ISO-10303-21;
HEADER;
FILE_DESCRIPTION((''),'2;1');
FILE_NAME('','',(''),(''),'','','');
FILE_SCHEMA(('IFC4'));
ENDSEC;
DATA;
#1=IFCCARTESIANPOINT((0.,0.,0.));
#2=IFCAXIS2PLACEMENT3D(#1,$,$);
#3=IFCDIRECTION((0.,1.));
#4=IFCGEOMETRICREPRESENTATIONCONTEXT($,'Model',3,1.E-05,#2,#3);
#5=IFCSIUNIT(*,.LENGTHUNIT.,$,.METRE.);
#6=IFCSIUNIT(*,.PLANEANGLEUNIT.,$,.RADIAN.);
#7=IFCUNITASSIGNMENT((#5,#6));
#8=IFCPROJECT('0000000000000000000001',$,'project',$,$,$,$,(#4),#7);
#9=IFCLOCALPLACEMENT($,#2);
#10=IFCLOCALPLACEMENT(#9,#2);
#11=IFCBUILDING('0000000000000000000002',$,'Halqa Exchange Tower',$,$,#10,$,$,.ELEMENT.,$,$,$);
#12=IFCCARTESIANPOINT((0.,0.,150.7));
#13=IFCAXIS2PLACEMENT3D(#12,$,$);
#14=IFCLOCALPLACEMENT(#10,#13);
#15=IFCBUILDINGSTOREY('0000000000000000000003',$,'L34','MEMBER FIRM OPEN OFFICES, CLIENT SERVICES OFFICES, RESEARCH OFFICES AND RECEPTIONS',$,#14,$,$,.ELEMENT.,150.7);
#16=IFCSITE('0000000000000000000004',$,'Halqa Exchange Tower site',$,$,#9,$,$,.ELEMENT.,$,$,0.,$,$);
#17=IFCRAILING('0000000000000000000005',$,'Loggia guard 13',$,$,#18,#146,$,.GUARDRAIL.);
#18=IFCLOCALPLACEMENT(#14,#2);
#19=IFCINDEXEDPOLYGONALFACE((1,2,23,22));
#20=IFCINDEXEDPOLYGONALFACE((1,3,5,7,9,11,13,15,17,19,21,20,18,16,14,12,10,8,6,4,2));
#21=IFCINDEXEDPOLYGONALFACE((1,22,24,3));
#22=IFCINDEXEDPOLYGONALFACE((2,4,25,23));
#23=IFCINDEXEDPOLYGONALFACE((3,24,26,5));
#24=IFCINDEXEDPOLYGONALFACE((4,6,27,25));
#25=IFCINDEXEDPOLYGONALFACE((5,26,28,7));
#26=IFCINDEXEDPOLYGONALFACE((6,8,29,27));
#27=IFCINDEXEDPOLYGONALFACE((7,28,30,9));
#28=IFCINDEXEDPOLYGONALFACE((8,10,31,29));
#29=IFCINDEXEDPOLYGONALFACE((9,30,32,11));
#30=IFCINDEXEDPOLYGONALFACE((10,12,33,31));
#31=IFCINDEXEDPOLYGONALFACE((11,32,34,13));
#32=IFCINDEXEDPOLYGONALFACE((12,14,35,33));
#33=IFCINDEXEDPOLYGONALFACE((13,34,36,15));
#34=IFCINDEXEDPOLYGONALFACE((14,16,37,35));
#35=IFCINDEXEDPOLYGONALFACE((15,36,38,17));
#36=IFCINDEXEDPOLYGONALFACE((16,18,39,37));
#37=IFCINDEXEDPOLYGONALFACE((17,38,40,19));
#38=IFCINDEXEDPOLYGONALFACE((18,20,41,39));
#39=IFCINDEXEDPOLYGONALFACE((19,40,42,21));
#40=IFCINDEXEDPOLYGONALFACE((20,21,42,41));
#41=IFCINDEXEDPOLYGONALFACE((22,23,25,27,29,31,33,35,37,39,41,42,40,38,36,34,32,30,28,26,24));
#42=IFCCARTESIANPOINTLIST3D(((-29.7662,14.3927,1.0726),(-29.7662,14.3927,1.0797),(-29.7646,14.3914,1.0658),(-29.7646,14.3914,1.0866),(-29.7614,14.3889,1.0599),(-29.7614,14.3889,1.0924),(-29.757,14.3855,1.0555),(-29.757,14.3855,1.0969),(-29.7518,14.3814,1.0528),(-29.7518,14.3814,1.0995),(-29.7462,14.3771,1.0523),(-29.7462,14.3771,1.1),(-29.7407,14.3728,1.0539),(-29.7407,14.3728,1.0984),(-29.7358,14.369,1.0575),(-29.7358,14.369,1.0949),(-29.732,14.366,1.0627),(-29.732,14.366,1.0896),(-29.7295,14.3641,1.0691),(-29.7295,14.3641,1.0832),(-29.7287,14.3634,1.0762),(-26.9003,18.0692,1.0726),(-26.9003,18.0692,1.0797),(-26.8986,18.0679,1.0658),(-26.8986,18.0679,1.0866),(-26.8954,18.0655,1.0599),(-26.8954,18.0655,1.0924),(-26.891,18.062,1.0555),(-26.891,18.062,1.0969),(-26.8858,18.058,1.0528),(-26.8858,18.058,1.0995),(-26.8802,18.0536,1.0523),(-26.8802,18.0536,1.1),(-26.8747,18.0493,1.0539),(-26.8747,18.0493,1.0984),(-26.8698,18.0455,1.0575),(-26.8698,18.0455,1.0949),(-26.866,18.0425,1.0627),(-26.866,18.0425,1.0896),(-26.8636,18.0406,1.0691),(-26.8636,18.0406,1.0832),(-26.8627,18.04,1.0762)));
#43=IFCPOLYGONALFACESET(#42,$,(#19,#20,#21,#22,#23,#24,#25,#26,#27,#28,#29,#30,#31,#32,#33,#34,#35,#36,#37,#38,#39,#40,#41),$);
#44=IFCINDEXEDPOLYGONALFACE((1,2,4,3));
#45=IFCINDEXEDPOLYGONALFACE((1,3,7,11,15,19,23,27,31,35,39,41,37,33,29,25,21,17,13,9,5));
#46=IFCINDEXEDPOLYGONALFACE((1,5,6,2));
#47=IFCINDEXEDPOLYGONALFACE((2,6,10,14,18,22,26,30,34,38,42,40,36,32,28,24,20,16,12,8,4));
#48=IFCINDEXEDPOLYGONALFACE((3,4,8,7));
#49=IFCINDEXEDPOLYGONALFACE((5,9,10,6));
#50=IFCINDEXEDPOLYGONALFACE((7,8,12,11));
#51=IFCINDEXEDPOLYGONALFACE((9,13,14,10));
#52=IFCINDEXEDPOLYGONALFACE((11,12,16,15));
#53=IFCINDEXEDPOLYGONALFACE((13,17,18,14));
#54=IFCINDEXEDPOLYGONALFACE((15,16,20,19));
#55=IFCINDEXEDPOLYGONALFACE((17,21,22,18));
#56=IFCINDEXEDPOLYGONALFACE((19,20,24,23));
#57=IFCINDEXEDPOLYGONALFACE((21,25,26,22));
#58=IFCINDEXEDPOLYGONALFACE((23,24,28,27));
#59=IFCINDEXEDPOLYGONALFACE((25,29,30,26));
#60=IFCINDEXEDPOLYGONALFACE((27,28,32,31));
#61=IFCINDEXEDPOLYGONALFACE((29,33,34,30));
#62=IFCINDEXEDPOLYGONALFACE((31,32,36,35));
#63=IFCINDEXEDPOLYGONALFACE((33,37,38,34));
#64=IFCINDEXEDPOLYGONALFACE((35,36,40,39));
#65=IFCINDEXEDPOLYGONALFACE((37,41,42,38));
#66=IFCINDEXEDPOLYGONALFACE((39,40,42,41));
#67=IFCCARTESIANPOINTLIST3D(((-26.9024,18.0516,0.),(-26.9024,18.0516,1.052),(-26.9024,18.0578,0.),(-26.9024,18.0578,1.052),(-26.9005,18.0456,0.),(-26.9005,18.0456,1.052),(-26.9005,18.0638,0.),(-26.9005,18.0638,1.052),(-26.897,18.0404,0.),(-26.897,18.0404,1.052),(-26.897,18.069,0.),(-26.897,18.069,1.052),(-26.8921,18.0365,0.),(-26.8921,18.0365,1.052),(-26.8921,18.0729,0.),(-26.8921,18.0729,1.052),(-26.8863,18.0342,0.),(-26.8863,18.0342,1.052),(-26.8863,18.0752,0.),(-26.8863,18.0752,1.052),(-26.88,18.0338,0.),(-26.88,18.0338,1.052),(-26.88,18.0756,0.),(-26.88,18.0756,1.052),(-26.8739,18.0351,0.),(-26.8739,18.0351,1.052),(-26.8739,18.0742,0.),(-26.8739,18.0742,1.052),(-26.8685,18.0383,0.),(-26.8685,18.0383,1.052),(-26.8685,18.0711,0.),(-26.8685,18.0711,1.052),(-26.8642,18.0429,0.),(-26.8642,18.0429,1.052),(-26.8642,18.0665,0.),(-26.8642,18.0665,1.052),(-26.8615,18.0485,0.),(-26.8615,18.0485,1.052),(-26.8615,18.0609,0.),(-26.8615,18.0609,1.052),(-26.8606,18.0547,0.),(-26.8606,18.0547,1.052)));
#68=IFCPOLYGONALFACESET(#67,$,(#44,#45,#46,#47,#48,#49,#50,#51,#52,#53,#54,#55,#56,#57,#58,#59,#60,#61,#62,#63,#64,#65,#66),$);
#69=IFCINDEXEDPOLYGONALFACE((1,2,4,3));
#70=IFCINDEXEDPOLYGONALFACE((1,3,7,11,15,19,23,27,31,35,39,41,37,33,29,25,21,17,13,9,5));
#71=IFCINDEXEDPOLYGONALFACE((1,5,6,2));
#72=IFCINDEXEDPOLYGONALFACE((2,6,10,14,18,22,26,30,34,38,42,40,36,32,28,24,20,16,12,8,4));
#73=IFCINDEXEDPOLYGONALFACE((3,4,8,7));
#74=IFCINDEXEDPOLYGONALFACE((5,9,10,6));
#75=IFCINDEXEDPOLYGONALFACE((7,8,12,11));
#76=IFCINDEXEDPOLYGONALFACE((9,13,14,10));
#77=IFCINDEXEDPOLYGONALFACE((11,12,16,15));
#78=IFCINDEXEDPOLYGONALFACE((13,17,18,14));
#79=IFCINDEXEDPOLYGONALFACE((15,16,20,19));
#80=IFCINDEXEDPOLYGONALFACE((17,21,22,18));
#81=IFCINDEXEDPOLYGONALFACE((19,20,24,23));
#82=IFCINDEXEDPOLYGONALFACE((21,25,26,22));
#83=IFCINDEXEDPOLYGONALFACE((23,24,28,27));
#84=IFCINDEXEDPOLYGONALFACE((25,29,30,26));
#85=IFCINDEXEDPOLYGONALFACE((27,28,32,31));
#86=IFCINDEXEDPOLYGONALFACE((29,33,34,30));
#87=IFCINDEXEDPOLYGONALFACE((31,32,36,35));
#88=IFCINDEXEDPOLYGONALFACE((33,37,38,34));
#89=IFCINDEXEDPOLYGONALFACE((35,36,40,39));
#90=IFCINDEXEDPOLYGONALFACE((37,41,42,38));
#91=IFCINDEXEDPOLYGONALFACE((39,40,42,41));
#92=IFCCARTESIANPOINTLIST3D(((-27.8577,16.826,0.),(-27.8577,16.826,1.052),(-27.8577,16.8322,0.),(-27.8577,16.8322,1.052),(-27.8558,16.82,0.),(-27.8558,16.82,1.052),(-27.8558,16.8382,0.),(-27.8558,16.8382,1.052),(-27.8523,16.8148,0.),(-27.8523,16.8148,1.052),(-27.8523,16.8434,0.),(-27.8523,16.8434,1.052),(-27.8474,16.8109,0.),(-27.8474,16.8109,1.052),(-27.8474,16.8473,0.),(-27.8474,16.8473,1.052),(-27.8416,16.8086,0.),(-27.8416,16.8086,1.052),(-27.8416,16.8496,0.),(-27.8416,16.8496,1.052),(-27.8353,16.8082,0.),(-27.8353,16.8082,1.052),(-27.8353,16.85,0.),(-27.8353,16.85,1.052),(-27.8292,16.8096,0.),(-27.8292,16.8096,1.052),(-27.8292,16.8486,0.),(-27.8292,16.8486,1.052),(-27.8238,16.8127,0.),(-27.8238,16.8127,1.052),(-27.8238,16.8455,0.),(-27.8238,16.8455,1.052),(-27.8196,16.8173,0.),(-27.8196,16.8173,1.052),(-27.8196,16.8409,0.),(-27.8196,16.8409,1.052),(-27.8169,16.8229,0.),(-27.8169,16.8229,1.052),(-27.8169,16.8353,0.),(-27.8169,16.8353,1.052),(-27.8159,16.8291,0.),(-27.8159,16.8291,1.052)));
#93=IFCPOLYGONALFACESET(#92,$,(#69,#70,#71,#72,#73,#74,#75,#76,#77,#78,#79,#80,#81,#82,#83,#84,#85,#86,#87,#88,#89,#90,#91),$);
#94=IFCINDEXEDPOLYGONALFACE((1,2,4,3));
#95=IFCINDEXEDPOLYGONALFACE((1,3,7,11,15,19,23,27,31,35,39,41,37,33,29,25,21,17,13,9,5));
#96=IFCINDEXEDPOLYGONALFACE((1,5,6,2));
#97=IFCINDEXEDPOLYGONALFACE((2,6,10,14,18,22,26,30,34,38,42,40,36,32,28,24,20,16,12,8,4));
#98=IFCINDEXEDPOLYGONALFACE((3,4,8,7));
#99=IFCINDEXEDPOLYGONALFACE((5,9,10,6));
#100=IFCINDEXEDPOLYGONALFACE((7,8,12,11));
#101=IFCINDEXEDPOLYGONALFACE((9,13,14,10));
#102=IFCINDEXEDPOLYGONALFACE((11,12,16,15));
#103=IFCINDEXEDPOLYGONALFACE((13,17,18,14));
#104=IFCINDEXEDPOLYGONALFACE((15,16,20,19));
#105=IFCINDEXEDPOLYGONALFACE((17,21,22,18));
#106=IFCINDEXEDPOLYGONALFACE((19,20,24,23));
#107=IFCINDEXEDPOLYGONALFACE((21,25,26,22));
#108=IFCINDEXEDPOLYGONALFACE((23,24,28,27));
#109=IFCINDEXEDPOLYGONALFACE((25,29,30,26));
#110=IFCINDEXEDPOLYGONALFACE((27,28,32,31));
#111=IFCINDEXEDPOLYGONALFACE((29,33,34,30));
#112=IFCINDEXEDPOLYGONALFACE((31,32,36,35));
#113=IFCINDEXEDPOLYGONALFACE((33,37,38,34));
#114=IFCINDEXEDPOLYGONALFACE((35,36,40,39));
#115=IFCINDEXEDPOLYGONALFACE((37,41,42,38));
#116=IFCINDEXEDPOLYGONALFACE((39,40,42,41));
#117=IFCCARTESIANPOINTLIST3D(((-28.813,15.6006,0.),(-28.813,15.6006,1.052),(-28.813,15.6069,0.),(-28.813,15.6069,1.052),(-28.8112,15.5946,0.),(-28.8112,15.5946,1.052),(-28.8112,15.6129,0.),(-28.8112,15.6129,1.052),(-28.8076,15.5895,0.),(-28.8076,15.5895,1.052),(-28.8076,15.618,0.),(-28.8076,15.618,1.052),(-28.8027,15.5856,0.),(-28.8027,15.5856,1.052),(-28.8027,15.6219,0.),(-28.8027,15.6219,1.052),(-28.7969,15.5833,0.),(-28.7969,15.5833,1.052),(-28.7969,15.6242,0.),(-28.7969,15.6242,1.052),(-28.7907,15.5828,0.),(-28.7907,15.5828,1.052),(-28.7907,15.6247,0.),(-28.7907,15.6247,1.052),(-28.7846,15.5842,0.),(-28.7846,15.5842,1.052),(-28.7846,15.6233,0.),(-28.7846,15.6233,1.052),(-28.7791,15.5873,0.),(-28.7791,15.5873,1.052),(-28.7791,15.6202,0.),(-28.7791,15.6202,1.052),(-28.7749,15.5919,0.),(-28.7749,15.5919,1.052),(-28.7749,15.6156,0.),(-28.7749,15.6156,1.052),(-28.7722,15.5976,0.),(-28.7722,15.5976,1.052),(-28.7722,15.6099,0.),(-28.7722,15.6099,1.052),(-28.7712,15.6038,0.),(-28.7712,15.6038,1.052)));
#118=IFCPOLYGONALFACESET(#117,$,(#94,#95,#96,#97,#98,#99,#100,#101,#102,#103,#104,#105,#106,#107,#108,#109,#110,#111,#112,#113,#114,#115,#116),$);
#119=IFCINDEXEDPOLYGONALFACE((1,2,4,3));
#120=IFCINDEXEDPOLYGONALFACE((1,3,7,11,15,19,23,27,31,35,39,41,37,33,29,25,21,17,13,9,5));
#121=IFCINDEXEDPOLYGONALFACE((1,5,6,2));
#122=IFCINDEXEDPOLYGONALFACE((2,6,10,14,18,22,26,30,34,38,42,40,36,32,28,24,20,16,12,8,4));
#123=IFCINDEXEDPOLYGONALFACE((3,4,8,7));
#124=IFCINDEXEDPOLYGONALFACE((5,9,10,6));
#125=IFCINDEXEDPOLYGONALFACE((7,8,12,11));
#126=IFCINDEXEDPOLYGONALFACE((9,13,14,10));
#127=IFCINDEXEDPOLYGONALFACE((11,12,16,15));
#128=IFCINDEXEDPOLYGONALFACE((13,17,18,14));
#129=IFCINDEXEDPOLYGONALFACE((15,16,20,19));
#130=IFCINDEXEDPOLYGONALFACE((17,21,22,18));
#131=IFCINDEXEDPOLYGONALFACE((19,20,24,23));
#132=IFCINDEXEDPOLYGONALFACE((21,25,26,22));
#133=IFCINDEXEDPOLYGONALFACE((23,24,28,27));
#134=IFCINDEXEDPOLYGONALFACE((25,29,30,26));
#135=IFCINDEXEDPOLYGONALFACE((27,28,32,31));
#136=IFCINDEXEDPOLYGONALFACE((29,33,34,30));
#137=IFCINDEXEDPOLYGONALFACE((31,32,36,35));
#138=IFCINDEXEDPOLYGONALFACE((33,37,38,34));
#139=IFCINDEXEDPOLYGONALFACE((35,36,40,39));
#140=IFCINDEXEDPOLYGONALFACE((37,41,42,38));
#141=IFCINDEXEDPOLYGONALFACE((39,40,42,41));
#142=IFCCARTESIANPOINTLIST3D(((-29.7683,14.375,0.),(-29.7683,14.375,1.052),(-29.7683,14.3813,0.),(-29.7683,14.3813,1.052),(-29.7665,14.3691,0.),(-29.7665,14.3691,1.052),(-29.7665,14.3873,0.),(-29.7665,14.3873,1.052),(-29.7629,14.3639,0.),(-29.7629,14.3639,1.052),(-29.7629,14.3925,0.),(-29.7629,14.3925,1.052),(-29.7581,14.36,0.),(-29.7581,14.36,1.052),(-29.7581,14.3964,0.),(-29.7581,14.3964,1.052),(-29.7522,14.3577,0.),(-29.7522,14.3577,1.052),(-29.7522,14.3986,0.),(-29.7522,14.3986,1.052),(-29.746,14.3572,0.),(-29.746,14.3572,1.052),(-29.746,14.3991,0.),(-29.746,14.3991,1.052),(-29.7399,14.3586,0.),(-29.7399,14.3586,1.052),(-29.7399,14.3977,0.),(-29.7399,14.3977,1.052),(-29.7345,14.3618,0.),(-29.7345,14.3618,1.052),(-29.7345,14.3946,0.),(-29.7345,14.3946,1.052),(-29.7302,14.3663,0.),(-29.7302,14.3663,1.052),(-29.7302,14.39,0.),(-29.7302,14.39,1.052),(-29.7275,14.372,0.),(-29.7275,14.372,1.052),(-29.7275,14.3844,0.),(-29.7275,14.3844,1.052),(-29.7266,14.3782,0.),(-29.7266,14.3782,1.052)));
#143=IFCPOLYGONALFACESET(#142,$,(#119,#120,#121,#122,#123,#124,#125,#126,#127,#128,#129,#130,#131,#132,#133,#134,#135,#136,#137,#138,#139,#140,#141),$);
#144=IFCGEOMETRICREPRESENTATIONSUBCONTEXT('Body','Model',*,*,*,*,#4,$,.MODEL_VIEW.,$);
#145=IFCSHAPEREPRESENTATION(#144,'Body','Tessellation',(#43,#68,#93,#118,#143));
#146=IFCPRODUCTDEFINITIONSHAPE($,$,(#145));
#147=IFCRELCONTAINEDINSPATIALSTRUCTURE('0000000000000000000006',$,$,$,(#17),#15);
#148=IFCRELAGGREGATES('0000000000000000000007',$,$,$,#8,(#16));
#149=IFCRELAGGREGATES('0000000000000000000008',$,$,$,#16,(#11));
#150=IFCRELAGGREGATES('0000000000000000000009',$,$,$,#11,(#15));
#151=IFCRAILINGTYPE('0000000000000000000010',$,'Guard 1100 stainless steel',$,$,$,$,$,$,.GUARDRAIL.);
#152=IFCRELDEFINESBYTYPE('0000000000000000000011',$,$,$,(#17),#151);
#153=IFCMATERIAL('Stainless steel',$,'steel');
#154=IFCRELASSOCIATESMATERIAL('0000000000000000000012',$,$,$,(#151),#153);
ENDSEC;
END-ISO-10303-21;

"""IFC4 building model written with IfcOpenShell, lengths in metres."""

from ifc_helpers import new_model, si_unit, direction, frame, origin, origin_2d, place, context, subcontext, project, spatial, circle, extrude, material, type_object, element, save


model = new_model("IFC4")

# Units and contexts
model_context = context("Model", 3, precision=1e-05, world=origin(), true_north=direction((0.0, 1.0)))
body_context = subcontext(model_context, "Body", "Model", "MODEL_VIEW")
ifc_project = project(units=[si_unit("LENGTHUNIT", "METRE"), si_unit("PLANEANGLEUNIT", "RADIAN")], contexts=[model_context])

# Site, building, storey
site_placement = place(None, origin())
site = spatial("IfcSite", under=ifc_project, at=site_placement, Name="Halqa Exchange Tower site", CompositionType="ELEMENT", RefElevation=0.0)
building_placement = place(site_placement, origin())
building = spatial("IfcBuilding", under=site, at=building_placement, Name="Halqa Exchange Tower", CompositionType="ELEMENT")
storey_placement = place(building_placement, frame((0.0, 0.0, 150.7)))
storey = spatial("IfcBuildingStorey", under=building, at=storey_placement, Name="L34", Description="MEMBER FIRM OPEN OFFICES, CLIENT SERVICES OFFICES, RESEARCH OFFICES AND RECEPTIONS", CompositionType="ELEMENT", Elevation=150.7)

# Railing
ifc_material_1 = material(Name="Stainless steel", Category="steel")
railing_type = type_object("IfcRailingType", Name="Guard 1100 stainless steel", PredefinedType="GUARDRAIL", material=ifc_material_1)
railing_1_placement = place(storey_placement, frame((-26.8816, 18.0547, 0.0)))
element("IfcRailing", 1, at=railing_1_placement, inside=storey, type_object=railing_type, Name="Loggia guard 13", PredefinedType="GUARDRAIL", context=body_context, shape_type="SweptSolid", body=[
    extrude(circle(Radius=0.0239, at=origin_2d()), frame((0.0, 0.0, 1.0762), z_axis=(-0.614803, -0.788681, 0.0), x_axis=(0.788681, -0.614803, 0.0)), (0.0, 0.0, 1.0), 4.6616),
    extrude(circle(Radius=0.021, at=origin_2d()), origin(), (0.0, 0.0, 1.0), 1.052),
    extrude(circle(Radius=0.021, at=origin_2d()), frame((-0.9553, -1.2256, 0.0)), (0.0, 0.0, 1.0), 1.052),
    extrude(circle(Radius=0.021, at=origin_2d()), frame((-1.9106, -2.4509, 0.0)), (0.0, 0.0, 1.0), 1.052),
    extrude(circle(Radius=0.021, at=origin_2d()), frame((-2.866, -3.6765, 0.0)), (0.0, 0.0, 1.0), 1.052),
])

save(model, "model.ifc")
